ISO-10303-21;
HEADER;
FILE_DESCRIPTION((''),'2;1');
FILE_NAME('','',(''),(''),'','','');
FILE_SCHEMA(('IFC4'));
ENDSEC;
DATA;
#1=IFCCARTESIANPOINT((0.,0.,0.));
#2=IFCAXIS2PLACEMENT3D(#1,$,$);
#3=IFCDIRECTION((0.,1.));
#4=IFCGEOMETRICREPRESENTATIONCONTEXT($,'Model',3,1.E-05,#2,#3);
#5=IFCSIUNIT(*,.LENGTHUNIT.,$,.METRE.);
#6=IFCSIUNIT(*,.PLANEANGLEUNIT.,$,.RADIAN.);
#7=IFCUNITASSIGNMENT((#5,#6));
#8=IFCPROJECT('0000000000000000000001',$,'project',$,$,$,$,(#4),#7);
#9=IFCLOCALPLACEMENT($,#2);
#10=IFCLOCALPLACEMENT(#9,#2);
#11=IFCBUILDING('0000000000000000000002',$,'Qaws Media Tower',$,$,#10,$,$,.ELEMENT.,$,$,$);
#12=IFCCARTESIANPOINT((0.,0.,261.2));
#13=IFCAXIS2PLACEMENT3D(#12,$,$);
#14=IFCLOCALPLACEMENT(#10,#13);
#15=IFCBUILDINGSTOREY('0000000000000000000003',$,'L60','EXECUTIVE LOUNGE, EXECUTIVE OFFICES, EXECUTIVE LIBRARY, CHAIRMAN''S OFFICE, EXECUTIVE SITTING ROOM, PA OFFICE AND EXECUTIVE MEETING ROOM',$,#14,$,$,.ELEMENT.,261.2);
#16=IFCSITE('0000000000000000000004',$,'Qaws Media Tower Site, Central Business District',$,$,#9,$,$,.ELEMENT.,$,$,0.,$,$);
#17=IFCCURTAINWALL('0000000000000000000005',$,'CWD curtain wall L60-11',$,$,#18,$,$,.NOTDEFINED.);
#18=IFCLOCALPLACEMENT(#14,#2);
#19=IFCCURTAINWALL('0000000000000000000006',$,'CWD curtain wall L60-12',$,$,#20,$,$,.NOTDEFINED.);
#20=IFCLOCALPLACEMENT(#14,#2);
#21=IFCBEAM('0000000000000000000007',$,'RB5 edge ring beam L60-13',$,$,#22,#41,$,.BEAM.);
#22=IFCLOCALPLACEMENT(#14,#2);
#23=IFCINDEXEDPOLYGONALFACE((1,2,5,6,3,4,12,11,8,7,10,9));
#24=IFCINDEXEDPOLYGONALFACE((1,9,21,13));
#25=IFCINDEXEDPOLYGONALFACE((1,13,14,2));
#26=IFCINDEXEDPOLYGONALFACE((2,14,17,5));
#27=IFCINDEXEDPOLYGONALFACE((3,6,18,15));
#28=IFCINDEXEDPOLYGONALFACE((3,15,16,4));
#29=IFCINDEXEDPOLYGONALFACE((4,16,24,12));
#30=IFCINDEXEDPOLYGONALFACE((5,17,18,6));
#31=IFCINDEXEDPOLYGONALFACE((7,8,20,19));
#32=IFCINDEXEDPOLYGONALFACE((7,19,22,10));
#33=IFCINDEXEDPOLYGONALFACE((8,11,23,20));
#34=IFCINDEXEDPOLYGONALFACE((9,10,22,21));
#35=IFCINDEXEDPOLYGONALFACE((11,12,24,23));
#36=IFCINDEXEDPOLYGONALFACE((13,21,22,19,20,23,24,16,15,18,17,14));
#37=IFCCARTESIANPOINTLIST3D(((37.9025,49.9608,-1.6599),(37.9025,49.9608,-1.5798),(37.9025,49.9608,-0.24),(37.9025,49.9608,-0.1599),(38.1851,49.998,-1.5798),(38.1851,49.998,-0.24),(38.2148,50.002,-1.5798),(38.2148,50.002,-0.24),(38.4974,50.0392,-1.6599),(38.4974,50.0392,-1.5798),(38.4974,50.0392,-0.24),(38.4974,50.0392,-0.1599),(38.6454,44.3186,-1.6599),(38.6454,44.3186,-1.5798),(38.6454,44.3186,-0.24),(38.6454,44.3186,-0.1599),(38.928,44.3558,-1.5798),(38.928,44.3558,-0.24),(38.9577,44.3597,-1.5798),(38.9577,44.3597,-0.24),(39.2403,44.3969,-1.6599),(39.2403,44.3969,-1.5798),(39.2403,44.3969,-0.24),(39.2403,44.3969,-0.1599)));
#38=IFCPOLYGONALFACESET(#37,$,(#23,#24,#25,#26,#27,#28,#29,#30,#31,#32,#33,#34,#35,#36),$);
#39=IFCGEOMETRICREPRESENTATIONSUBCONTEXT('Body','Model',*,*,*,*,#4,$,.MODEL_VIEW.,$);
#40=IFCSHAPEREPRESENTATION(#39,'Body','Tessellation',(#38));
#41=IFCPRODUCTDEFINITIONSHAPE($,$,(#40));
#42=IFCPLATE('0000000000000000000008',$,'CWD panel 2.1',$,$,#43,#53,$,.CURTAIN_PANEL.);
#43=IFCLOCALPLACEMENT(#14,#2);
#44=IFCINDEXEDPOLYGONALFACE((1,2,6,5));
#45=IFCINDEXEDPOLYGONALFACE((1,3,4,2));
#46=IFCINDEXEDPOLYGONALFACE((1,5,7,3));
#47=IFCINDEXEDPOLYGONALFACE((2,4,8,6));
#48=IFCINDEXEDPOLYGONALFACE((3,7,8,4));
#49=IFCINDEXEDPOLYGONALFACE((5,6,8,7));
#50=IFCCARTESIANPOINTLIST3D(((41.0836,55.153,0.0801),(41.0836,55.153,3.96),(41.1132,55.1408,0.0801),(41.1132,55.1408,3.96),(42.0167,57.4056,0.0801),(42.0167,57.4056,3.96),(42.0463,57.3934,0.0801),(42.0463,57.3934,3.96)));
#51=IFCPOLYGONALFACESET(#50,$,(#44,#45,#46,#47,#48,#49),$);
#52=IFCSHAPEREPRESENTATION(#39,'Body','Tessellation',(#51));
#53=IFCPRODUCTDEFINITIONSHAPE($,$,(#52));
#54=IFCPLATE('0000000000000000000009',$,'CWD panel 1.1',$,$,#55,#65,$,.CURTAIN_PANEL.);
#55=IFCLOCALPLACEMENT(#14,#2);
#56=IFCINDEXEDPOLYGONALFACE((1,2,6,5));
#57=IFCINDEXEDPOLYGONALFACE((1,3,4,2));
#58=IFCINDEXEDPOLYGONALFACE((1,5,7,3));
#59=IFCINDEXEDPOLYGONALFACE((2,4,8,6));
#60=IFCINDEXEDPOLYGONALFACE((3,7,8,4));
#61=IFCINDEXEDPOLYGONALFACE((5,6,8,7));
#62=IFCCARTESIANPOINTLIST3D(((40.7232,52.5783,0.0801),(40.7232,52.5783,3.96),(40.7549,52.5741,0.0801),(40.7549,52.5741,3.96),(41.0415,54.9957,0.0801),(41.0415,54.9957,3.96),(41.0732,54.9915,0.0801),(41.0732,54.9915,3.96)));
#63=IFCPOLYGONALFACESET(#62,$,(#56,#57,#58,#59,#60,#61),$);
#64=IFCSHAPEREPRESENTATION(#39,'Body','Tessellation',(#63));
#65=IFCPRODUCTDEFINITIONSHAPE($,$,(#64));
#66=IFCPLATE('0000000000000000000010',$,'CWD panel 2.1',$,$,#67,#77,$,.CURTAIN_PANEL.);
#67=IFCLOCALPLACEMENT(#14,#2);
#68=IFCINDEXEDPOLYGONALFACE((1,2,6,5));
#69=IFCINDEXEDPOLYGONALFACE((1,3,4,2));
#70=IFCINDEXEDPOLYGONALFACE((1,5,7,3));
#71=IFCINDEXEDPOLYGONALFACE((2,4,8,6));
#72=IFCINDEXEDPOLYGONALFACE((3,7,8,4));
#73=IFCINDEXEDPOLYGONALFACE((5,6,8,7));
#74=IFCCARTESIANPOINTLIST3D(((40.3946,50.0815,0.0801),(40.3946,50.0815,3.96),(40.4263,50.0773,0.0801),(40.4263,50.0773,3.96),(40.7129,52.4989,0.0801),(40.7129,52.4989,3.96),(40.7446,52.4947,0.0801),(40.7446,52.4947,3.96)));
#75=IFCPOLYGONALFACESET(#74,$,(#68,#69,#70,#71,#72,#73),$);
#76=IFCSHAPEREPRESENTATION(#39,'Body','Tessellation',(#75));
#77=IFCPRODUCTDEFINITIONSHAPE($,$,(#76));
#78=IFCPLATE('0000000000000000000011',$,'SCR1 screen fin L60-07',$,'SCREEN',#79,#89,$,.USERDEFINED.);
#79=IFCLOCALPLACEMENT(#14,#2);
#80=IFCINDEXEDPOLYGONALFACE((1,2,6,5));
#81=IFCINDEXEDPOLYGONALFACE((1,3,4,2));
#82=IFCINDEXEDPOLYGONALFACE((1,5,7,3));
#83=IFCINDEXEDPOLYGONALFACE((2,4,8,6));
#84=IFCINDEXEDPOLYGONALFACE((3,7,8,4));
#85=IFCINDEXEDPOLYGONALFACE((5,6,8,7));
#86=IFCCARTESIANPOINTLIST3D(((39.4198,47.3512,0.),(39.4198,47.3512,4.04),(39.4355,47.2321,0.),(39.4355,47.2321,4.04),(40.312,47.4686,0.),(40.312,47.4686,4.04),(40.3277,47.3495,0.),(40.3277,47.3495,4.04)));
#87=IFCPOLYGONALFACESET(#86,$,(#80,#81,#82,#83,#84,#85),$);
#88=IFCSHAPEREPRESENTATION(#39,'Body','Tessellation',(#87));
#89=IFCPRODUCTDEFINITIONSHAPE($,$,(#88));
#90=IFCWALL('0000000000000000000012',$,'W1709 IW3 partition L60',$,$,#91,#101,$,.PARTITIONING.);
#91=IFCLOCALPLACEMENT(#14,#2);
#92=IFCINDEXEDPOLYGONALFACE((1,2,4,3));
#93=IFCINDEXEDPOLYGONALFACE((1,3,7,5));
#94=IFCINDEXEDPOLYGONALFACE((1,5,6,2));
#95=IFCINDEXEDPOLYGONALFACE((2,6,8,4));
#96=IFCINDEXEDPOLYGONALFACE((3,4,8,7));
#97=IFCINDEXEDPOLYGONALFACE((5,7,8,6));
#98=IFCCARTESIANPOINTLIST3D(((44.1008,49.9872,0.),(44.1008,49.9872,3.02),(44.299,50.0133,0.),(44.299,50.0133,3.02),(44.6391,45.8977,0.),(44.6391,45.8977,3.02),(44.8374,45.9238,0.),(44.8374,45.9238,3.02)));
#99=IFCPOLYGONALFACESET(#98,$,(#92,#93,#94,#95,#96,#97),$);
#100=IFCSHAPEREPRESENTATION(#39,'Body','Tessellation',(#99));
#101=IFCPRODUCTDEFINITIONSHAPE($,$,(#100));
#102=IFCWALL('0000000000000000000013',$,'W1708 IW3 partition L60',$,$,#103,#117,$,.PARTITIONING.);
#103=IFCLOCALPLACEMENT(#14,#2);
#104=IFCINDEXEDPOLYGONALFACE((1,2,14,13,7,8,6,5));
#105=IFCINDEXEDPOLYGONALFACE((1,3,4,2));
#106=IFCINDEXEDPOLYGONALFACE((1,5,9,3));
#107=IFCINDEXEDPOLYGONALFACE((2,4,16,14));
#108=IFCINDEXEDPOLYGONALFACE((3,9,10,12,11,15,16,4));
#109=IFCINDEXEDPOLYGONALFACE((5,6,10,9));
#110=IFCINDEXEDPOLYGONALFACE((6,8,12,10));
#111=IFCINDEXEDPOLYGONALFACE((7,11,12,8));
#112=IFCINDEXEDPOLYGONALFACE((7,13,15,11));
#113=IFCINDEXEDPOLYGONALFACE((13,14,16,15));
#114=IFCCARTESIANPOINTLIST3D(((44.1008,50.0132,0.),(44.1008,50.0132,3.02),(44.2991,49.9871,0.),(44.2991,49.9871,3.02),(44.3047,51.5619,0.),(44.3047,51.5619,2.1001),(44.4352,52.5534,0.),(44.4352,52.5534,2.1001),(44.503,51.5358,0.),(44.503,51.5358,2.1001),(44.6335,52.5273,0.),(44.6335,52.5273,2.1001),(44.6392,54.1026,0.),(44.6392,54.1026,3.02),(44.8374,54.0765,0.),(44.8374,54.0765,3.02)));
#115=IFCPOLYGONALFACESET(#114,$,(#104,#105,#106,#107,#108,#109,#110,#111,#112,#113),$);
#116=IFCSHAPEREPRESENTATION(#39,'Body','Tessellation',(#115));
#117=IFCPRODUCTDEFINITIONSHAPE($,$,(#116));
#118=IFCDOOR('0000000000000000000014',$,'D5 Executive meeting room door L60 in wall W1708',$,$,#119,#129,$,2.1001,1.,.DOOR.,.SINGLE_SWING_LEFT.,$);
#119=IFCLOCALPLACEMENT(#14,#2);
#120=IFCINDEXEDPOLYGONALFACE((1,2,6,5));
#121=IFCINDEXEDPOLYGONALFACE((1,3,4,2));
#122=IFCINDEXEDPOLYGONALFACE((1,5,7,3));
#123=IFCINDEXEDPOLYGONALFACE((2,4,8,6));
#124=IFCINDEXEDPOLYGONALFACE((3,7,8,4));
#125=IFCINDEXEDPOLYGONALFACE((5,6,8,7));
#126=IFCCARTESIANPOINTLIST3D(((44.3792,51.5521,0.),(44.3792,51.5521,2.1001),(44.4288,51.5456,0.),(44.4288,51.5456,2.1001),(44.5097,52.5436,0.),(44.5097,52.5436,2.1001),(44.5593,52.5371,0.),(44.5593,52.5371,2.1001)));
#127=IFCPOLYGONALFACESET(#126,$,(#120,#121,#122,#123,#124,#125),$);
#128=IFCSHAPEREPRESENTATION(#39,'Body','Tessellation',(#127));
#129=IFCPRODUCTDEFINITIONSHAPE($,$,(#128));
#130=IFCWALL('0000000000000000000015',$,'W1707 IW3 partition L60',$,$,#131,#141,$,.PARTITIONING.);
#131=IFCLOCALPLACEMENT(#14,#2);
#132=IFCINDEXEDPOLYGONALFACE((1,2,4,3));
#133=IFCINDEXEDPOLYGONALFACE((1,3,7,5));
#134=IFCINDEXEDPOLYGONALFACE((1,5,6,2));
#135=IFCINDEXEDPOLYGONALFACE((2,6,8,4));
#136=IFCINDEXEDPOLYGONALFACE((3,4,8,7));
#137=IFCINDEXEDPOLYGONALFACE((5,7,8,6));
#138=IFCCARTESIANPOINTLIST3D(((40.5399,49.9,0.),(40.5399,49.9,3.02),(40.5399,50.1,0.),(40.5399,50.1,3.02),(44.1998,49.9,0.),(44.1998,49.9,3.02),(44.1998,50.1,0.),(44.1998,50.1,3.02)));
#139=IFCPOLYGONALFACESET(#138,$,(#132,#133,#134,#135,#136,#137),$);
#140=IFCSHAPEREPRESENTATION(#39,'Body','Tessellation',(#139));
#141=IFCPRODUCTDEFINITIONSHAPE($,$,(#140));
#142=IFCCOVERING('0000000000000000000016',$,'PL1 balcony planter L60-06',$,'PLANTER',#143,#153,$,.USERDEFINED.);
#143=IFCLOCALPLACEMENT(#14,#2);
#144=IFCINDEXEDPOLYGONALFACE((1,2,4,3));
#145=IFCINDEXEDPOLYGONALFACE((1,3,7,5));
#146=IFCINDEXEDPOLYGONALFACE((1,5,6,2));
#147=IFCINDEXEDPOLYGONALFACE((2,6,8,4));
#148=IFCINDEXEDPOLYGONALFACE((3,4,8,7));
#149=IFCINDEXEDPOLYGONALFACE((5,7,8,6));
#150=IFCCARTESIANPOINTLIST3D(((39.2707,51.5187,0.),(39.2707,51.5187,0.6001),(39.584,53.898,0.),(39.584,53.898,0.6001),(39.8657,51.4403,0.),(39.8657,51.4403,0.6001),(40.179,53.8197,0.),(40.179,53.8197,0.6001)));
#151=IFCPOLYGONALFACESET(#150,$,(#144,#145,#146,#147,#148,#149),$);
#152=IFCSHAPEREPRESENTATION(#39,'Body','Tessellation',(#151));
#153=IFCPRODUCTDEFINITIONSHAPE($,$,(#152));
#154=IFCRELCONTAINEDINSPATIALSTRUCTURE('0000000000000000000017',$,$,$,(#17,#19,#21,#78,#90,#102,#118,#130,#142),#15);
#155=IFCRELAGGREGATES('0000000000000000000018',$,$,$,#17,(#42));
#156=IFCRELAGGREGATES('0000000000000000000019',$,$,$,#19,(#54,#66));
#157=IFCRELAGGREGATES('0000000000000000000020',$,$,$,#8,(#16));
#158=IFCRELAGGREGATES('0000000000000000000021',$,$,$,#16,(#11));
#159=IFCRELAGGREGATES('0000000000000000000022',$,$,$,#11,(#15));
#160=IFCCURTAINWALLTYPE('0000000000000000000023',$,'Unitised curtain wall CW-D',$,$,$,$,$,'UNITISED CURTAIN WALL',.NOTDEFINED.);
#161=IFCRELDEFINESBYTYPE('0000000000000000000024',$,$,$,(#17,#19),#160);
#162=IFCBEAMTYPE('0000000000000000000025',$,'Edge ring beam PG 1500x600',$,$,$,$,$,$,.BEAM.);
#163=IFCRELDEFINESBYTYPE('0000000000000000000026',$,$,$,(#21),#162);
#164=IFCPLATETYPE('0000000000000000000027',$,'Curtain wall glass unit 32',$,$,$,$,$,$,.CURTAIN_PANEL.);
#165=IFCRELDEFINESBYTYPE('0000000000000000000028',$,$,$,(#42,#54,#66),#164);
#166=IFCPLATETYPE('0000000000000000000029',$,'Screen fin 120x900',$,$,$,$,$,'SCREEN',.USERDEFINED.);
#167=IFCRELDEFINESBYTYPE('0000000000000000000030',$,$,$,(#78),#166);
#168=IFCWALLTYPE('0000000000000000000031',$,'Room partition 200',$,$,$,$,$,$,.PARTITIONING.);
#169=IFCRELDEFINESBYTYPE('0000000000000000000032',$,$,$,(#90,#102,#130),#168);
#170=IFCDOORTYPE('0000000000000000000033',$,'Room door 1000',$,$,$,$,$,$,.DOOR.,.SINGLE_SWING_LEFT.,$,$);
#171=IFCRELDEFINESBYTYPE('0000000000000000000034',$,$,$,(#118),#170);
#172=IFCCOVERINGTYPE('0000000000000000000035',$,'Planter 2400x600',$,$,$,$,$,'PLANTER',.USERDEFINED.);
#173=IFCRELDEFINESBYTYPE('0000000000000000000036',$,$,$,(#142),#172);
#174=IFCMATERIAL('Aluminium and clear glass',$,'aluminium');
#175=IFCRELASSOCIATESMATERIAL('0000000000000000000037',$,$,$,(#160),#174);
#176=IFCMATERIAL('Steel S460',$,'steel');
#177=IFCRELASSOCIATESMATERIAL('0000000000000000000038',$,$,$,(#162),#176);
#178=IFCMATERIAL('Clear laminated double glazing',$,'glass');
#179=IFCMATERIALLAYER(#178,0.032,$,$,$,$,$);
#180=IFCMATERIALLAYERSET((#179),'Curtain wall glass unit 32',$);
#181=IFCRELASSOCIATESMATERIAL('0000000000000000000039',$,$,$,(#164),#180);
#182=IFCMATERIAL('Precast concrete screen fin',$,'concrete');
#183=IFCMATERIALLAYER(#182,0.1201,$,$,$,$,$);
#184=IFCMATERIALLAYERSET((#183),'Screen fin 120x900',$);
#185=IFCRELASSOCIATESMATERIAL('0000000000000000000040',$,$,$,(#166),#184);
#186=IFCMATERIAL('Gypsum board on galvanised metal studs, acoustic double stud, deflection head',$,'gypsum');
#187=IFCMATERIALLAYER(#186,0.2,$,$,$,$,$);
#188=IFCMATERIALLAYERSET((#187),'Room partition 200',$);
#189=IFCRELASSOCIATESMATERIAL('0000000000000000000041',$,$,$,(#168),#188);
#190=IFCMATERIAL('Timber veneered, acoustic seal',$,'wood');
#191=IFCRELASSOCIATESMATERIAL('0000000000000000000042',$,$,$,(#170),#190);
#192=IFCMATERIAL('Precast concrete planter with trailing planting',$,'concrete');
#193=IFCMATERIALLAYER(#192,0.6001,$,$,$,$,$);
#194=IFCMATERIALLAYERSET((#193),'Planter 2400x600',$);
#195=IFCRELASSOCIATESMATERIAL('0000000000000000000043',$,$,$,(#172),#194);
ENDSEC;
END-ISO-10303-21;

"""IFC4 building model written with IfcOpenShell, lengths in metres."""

from ifc_helpers import new_model, si_unit, direction, frame, frame_2d, origin, origin_2d, place, context, subcontext, project, spatial, rectangle, i_section, extrude, material, layer, layer_set, material_profile, profile_set, type_object, element, fill, aggregate, save


model = new_model("IFC4")

# Units and contexts
model_context = context("Model", 3, precision=1e-05, world=origin(), true_north=direction((0.0, 1.0)))
body_context = subcontext(model_context, "Body", "Model", "MODEL_VIEW")
ifc_project = project(units=[si_unit("LENGTHUNIT", "METRE"), si_unit("PLANEANGLEUNIT", "RADIAN")], contexts=[model_context])

# Site, building, storey
site_placement = place(None, origin())
site = spatial("IfcSite", under=ifc_project, at=site_placement, Name="Qaws Media Tower Site, Central Business District", CompositionType="ELEMENT", RefElevation=0.0)
building_placement = place(site_placement, origin())
building = spatial("IfcBuilding", under=site, at=building_placement, Name="Qaws Media Tower", CompositionType="ELEMENT")
storey_placement = place(building_placement, frame((0.0, 0.0, 261.2)))
storey = spatial("IfcBuildingStorey", under=building, at=storey_placement, Name="L60", Description="EXECUTIVE LOUNGE, EXECUTIVE OFFICES, EXECUTIVE LIBRARY, CHAIRMAN'S OFFICE, EXECUTIVE SITTING ROOM, PA OFFICE AND EXECUTIVE MEETING ROOM", CompositionType="ELEMENT", Elevation=261.2)

# Curtain wall
ifc_material_1 = material(Name="Aluminium and clear glass", Category="aluminium")
curtain_wall_type = type_object("IfcCurtainWallType", Name="Unitised curtain wall CW-D", ElementType="UNITISED CURTAIN WALL", PredefinedType="NOTDEFINED", material=ifc_material_1)
curtain_wall_1_placement = place(storey_placement, origin())
curtain_wall_1 = element("IfcCurtainWall", 1, at=curtain_wall_1_placement, inside=storey, type_object=curtain_wall_type, Name="CWD curtain wall L60-11", PredefinedType="NOTDEFINED")

# Curtain wall
curtain_wall_2_placement = place(storey_placement, origin())
curtain_wall_2 = element("IfcCurtainWall", 2, at=curtain_wall_2_placement, inside=storey, type_object=curtain_wall_type, Name="CWD curtain wall L60-12", PredefinedType="NOTDEFINED")

# Beam
ifc_material_2 = material(Name="Steel S460", Category="steel")
ifc_material_profile_1 = material_profile(ifc_material_2, i_section(OverallWidth=0.6001, OverallDepth=1.5, WebThickness=0.03, FlangeThickness=0.0801, at=origin_2d()), Name="PG 1500x600")
ifc_profile_set_1 = profile_set([ifc_material_profile_1], Name="Steel S460")
beam_type = type_object("IfcBeamType", Name="Edge ring beam PG 1500x600", PredefinedType="BEAM", material=ifc_profile_set_1)
for number, where, z_axis, x_axis, name in (
    (3, (38.2, 50.0, -0.9099), (0.130542, -0.991443, 0.0), (0.991443, 0.130542, 0.0), "RB5 edge ring beam L60-13"),
):
    element("IfcBeam", number, at=place(storey_placement, frame(where, z_axis=z_axis, x_axis=x_axis)), inside=storey, type_object=beam_type, Name=name, PredefinedType="BEAM", context=body_context, shape_type="SweptSolid", body=[
        extrude(i_section(OverallWidth=0.6001, OverallDepth=1.5, WebThickness=0.03, FlangeThickness=0.0801, at=origin_2d()), origin(), (0.0, 0.0, 1.0), 5.6909),
    ])

# Plates
ifc_material_3 = material(Name="Clear laminated double glazing", Category="glass")
ifc_layer_1 = layer(ifc_material_3, 0.032)
ifc_layer_set_1 = layer_set([ifc_layer_1], Name="Curtain wall glass unit 32")
plate_type_1 = type_object("IfcPlateType", Name="Curtain wall glass unit 32", PredefinedType="CURTAIN_PANEL", material=ifc_layer_set_1)
plate_1_placement = place(storey_placement, frame((41.5649, 56.2732, 0.0801), z_axis=(0.0, 0.0, 1.0), x_axis=(-0.382683, -0.92388, 0.0)))
plate_1 = element("IfcPlate", 4, at=plate_1_placement, type_object=plate_type_1, Name="CWD panel 2.1", PredefinedType="CURTAIN_PANEL", context=body_context, shape_type="SweptSolid", body=[
    extrude(rectangle(XDim=2.4382, YDim=0.032, at=origin_2d()), origin(), (0.0, 0.0, 1.0), 3.8799),
])
aggregate(curtain_wall_1, [plate_1])
plate_2_placement = place(storey_placement, frame((40.8982, 53.7849, 0.0801), z_axis=(0.0, 0.0, 1.0), x_axis=(-0.130526, -0.991445, 0.0)))
plate_2 = element("IfcPlate", 5, at=plate_2_placement, type_object=plate_type_1, Name="CWD panel 1.1", PredefinedType="CURTAIN_PANEL", context=body_context, shape_type="SweptSolid", body=[
    extrude(rectangle(XDim=2.4382, YDim=0.032, at=origin_2d()), origin(), (0.0, 0.0, 1.0), 3.8799),
])
plate_3_placement = place(storey_placement, frame((40.5696, 51.2881, 0.0801), z_axis=(0.0, 0.0, 1.0), x_axis=(-0.130526, -0.991445, 0.0)))
plate_3 = element("IfcPlate", 6, at=plate_3_placement, type_object=plate_type_1, Name="CWD panel 2.1", PredefinedType="CURTAIN_PANEL", context=body_context, shape_type="SweptSolid", body=[
    extrude(rectangle(XDim=2.4382, YDim=0.032, at=origin_2d()), origin(), (0.0, 0.0, 1.0), 3.8799),
])
aggregate(curtain_wall_2, [plate_2, plate_3])
ifc_material_4 = material(Name="Precast concrete screen fin", Category="concrete")
ifc_layer_2 = layer(ifc_material_4, 0.1201)
ifc_layer_set_2 = layer_set([ifc_layer_2], Name="Screen fin 120x900")
plate_type_2 = type_object("IfcPlateType", Name="Screen fin 120x900", ElementType="SCREEN", PredefinedType="USERDEFINED", material=ifc_layer_set_2)
plate_4_placement = place(storey_placement, frame((39.8738, 47.3503, 0.0), z_axis=(0.0, 0.0, 1.0), x_axis=(-0.991445, -0.130526, 0.0)))
element("IfcPlate", 7, at=plate_4_placement, inside=storey, type_object=plate_type_2, Name="SCR1 screen fin L60-07", ObjectType="SCREEN", PredefinedType="USERDEFINED", context=body_context, shape_type="SweptSolid", body=[
    extrude(rectangle(XDim=0.8999, YDim=0.1201, at=origin_2d()), origin(), (0.0, 0.0, 1.0), 4.04),
])

# Wall
ifc_material_5 = material(Name="Gypsum board on galvanised metal studs, acoustic double stud, deflection head", Category="gypsum")
ifc_layer_3 = layer(ifc_material_5, 0.2)
ifc_layer_set_3 = layer_set([ifc_layer_3], Name="Room partition 200")
wall_type_1 = type_object("IfcWallType", Name="Room partition 200", PredefinedType="PARTITIONING", material=ifc_layer_set_3)
wall_1_placement = place(storey_placement, frame((44.7383, 45.9106, 0.0), z_axis=(0.0, 0.0, 1.0), x_axis=(-0.130516, 0.991446, 0.0)))
element("IfcWall", 8, at=wall_1_placement, inside=storey, type_object=wall_type_1, Name="W1709 IW3 partition L60", PredefinedType="PARTITIONING", context=body_context, shape_type="SweptSolid", body=[
    extrude(rectangle(XDim=4.1248, YDim=0.2, at=frame_2d((2.0625, 0.0))), origin(), (0.0, 0.0, 1.0), 3.02),
])

# Wall, opening, door
wall_2_placement = place(storey_placement, frame((44.2, 50.0, 0.0), z_axis=(0.0, 0.0, 1.0), x_axis=(0.130516, 0.991446, 0.0)))
wall_2 = element("IfcWall", 9, at=wall_2_placement, inside=storey, type_object=wall_type_1, Name="W1708 IW3 partition L60", PredefinedType="PARTITIONING", context=body_context, shape_type="SweptSolid", body=[
    extrude(rectangle(XDim=4.1248, YDim=0.2, at=frame_2d((2.0625, 0.0))), origin(), (0.0, 0.0, 1.0), 3.02),
])
opening_1_placement = place(wall_2_placement, frame((1.5623, 0.0, 0.0)))
opening_1 = element("IfcOpeningElement", 10, at=opening_1_placement, cuts=wall_2, PredefinedType="OPENING", context=body_context, shape_type="SweptSolid", body=[
    extrude(rectangle(XDim=1.0, YDim=2.1001, at=frame_2d((0.5, 1.05))), frame((0.0, 0.1099, 0.0), z_axis=(0.0, -1.0, 0.0), x_axis=(1.0, 0.0, 0.0)), (0.0, 0.0, 1.0), 0.22),
])
ifc_material_6 = material(Name="Timber veneered, acoustic seal", Category="wood")
door_type_1 = type_object("IfcDoorType", Name="Room door 1000", OperationType="SINGLE_SWING_LEFT", PredefinedType="DOOR", material=ifc_material_6)
door_1_placement = place(opening_1_placement, origin())
door_1 = element("IfcDoor", 11, at=door_1_placement, inside=storey, type_object=door_type_1, Name="D5 Executive meeting room door L60 in wall W1708", OperationType="SINGLE_SWING_LEFT", OverallHeight=2.1001, OverallWidth=1.0, PredefinedType="DOOR", context=body_context, shape_type="SweptSolid", body=[
    extrude(rectangle(XDim=1.0, YDim=2.1001, at=frame_2d((0.5, 1.05))), frame((0.0, 0.0249, 0.0), z_axis=(0.0, -1.0, 0.0), x_axis=(1.0, 0.0, 0.0)), (0.0, 0.0, 1.0), 0.05),
])
fill(opening_1, door_1)

# Wall
wall_3_placement = place(storey_placement, frame((44.2, 50.0, 0.0), z_axis=(0.0, 0.0, 1.0), x_axis=(-1.0, 0.0, 0.0)))
element("IfcWall", 12, at=wall_3_placement, inside=storey, type_object=wall_type_1, Name="W1707 IW3 partition L60", PredefinedType="PARTITIONING", context=body_context, shape_type="SweptSolid", body=[
    extrude(rectangle(XDim=3.6599, YDim=0.2, at=frame_2d((1.8301, 0.0))), origin(), (0.0, 0.0, 1.0), 3.02),
])

# Covering
ifc_material_7 = material(Name="Precast concrete planter with trailing planting", Category="concrete")
ifc_layer_4 = layer(ifc_material_7, 0.6001)
ifc_layer_set_4 = layer_set([ifc_layer_4], Name="Planter 2400x600")
covering_type = type_object("IfcCoveringType", Name="Planter 2400x600", ElementType="PLANTER", PredefinedType="USERDEFINED", material=ifc_layer_set_4)
covering_placement = place(storey_placement, frame((39.7249, 52.6692, 0.0), z_axis=(0.0, 0.0, 1.0), x_axis=(-0.130526, -0.991445, 0.0)))
element("IfcCovering", 13, at=covering_placement, inside=storey, type_object=covering_type, Name="PL1 balcony planter L60-06", ObjectType="PLANTER", PredefinedType="USERDEFINED", context=body_context, shape_type="SweptSolid", body=[
    extrude(rectangle(XDim=2.3999, YDim=0.6001, at=origin_2d()), origin(), (0.0, 0.0, 1.0), 0.6001),
])

save(model, "model.ifc")
